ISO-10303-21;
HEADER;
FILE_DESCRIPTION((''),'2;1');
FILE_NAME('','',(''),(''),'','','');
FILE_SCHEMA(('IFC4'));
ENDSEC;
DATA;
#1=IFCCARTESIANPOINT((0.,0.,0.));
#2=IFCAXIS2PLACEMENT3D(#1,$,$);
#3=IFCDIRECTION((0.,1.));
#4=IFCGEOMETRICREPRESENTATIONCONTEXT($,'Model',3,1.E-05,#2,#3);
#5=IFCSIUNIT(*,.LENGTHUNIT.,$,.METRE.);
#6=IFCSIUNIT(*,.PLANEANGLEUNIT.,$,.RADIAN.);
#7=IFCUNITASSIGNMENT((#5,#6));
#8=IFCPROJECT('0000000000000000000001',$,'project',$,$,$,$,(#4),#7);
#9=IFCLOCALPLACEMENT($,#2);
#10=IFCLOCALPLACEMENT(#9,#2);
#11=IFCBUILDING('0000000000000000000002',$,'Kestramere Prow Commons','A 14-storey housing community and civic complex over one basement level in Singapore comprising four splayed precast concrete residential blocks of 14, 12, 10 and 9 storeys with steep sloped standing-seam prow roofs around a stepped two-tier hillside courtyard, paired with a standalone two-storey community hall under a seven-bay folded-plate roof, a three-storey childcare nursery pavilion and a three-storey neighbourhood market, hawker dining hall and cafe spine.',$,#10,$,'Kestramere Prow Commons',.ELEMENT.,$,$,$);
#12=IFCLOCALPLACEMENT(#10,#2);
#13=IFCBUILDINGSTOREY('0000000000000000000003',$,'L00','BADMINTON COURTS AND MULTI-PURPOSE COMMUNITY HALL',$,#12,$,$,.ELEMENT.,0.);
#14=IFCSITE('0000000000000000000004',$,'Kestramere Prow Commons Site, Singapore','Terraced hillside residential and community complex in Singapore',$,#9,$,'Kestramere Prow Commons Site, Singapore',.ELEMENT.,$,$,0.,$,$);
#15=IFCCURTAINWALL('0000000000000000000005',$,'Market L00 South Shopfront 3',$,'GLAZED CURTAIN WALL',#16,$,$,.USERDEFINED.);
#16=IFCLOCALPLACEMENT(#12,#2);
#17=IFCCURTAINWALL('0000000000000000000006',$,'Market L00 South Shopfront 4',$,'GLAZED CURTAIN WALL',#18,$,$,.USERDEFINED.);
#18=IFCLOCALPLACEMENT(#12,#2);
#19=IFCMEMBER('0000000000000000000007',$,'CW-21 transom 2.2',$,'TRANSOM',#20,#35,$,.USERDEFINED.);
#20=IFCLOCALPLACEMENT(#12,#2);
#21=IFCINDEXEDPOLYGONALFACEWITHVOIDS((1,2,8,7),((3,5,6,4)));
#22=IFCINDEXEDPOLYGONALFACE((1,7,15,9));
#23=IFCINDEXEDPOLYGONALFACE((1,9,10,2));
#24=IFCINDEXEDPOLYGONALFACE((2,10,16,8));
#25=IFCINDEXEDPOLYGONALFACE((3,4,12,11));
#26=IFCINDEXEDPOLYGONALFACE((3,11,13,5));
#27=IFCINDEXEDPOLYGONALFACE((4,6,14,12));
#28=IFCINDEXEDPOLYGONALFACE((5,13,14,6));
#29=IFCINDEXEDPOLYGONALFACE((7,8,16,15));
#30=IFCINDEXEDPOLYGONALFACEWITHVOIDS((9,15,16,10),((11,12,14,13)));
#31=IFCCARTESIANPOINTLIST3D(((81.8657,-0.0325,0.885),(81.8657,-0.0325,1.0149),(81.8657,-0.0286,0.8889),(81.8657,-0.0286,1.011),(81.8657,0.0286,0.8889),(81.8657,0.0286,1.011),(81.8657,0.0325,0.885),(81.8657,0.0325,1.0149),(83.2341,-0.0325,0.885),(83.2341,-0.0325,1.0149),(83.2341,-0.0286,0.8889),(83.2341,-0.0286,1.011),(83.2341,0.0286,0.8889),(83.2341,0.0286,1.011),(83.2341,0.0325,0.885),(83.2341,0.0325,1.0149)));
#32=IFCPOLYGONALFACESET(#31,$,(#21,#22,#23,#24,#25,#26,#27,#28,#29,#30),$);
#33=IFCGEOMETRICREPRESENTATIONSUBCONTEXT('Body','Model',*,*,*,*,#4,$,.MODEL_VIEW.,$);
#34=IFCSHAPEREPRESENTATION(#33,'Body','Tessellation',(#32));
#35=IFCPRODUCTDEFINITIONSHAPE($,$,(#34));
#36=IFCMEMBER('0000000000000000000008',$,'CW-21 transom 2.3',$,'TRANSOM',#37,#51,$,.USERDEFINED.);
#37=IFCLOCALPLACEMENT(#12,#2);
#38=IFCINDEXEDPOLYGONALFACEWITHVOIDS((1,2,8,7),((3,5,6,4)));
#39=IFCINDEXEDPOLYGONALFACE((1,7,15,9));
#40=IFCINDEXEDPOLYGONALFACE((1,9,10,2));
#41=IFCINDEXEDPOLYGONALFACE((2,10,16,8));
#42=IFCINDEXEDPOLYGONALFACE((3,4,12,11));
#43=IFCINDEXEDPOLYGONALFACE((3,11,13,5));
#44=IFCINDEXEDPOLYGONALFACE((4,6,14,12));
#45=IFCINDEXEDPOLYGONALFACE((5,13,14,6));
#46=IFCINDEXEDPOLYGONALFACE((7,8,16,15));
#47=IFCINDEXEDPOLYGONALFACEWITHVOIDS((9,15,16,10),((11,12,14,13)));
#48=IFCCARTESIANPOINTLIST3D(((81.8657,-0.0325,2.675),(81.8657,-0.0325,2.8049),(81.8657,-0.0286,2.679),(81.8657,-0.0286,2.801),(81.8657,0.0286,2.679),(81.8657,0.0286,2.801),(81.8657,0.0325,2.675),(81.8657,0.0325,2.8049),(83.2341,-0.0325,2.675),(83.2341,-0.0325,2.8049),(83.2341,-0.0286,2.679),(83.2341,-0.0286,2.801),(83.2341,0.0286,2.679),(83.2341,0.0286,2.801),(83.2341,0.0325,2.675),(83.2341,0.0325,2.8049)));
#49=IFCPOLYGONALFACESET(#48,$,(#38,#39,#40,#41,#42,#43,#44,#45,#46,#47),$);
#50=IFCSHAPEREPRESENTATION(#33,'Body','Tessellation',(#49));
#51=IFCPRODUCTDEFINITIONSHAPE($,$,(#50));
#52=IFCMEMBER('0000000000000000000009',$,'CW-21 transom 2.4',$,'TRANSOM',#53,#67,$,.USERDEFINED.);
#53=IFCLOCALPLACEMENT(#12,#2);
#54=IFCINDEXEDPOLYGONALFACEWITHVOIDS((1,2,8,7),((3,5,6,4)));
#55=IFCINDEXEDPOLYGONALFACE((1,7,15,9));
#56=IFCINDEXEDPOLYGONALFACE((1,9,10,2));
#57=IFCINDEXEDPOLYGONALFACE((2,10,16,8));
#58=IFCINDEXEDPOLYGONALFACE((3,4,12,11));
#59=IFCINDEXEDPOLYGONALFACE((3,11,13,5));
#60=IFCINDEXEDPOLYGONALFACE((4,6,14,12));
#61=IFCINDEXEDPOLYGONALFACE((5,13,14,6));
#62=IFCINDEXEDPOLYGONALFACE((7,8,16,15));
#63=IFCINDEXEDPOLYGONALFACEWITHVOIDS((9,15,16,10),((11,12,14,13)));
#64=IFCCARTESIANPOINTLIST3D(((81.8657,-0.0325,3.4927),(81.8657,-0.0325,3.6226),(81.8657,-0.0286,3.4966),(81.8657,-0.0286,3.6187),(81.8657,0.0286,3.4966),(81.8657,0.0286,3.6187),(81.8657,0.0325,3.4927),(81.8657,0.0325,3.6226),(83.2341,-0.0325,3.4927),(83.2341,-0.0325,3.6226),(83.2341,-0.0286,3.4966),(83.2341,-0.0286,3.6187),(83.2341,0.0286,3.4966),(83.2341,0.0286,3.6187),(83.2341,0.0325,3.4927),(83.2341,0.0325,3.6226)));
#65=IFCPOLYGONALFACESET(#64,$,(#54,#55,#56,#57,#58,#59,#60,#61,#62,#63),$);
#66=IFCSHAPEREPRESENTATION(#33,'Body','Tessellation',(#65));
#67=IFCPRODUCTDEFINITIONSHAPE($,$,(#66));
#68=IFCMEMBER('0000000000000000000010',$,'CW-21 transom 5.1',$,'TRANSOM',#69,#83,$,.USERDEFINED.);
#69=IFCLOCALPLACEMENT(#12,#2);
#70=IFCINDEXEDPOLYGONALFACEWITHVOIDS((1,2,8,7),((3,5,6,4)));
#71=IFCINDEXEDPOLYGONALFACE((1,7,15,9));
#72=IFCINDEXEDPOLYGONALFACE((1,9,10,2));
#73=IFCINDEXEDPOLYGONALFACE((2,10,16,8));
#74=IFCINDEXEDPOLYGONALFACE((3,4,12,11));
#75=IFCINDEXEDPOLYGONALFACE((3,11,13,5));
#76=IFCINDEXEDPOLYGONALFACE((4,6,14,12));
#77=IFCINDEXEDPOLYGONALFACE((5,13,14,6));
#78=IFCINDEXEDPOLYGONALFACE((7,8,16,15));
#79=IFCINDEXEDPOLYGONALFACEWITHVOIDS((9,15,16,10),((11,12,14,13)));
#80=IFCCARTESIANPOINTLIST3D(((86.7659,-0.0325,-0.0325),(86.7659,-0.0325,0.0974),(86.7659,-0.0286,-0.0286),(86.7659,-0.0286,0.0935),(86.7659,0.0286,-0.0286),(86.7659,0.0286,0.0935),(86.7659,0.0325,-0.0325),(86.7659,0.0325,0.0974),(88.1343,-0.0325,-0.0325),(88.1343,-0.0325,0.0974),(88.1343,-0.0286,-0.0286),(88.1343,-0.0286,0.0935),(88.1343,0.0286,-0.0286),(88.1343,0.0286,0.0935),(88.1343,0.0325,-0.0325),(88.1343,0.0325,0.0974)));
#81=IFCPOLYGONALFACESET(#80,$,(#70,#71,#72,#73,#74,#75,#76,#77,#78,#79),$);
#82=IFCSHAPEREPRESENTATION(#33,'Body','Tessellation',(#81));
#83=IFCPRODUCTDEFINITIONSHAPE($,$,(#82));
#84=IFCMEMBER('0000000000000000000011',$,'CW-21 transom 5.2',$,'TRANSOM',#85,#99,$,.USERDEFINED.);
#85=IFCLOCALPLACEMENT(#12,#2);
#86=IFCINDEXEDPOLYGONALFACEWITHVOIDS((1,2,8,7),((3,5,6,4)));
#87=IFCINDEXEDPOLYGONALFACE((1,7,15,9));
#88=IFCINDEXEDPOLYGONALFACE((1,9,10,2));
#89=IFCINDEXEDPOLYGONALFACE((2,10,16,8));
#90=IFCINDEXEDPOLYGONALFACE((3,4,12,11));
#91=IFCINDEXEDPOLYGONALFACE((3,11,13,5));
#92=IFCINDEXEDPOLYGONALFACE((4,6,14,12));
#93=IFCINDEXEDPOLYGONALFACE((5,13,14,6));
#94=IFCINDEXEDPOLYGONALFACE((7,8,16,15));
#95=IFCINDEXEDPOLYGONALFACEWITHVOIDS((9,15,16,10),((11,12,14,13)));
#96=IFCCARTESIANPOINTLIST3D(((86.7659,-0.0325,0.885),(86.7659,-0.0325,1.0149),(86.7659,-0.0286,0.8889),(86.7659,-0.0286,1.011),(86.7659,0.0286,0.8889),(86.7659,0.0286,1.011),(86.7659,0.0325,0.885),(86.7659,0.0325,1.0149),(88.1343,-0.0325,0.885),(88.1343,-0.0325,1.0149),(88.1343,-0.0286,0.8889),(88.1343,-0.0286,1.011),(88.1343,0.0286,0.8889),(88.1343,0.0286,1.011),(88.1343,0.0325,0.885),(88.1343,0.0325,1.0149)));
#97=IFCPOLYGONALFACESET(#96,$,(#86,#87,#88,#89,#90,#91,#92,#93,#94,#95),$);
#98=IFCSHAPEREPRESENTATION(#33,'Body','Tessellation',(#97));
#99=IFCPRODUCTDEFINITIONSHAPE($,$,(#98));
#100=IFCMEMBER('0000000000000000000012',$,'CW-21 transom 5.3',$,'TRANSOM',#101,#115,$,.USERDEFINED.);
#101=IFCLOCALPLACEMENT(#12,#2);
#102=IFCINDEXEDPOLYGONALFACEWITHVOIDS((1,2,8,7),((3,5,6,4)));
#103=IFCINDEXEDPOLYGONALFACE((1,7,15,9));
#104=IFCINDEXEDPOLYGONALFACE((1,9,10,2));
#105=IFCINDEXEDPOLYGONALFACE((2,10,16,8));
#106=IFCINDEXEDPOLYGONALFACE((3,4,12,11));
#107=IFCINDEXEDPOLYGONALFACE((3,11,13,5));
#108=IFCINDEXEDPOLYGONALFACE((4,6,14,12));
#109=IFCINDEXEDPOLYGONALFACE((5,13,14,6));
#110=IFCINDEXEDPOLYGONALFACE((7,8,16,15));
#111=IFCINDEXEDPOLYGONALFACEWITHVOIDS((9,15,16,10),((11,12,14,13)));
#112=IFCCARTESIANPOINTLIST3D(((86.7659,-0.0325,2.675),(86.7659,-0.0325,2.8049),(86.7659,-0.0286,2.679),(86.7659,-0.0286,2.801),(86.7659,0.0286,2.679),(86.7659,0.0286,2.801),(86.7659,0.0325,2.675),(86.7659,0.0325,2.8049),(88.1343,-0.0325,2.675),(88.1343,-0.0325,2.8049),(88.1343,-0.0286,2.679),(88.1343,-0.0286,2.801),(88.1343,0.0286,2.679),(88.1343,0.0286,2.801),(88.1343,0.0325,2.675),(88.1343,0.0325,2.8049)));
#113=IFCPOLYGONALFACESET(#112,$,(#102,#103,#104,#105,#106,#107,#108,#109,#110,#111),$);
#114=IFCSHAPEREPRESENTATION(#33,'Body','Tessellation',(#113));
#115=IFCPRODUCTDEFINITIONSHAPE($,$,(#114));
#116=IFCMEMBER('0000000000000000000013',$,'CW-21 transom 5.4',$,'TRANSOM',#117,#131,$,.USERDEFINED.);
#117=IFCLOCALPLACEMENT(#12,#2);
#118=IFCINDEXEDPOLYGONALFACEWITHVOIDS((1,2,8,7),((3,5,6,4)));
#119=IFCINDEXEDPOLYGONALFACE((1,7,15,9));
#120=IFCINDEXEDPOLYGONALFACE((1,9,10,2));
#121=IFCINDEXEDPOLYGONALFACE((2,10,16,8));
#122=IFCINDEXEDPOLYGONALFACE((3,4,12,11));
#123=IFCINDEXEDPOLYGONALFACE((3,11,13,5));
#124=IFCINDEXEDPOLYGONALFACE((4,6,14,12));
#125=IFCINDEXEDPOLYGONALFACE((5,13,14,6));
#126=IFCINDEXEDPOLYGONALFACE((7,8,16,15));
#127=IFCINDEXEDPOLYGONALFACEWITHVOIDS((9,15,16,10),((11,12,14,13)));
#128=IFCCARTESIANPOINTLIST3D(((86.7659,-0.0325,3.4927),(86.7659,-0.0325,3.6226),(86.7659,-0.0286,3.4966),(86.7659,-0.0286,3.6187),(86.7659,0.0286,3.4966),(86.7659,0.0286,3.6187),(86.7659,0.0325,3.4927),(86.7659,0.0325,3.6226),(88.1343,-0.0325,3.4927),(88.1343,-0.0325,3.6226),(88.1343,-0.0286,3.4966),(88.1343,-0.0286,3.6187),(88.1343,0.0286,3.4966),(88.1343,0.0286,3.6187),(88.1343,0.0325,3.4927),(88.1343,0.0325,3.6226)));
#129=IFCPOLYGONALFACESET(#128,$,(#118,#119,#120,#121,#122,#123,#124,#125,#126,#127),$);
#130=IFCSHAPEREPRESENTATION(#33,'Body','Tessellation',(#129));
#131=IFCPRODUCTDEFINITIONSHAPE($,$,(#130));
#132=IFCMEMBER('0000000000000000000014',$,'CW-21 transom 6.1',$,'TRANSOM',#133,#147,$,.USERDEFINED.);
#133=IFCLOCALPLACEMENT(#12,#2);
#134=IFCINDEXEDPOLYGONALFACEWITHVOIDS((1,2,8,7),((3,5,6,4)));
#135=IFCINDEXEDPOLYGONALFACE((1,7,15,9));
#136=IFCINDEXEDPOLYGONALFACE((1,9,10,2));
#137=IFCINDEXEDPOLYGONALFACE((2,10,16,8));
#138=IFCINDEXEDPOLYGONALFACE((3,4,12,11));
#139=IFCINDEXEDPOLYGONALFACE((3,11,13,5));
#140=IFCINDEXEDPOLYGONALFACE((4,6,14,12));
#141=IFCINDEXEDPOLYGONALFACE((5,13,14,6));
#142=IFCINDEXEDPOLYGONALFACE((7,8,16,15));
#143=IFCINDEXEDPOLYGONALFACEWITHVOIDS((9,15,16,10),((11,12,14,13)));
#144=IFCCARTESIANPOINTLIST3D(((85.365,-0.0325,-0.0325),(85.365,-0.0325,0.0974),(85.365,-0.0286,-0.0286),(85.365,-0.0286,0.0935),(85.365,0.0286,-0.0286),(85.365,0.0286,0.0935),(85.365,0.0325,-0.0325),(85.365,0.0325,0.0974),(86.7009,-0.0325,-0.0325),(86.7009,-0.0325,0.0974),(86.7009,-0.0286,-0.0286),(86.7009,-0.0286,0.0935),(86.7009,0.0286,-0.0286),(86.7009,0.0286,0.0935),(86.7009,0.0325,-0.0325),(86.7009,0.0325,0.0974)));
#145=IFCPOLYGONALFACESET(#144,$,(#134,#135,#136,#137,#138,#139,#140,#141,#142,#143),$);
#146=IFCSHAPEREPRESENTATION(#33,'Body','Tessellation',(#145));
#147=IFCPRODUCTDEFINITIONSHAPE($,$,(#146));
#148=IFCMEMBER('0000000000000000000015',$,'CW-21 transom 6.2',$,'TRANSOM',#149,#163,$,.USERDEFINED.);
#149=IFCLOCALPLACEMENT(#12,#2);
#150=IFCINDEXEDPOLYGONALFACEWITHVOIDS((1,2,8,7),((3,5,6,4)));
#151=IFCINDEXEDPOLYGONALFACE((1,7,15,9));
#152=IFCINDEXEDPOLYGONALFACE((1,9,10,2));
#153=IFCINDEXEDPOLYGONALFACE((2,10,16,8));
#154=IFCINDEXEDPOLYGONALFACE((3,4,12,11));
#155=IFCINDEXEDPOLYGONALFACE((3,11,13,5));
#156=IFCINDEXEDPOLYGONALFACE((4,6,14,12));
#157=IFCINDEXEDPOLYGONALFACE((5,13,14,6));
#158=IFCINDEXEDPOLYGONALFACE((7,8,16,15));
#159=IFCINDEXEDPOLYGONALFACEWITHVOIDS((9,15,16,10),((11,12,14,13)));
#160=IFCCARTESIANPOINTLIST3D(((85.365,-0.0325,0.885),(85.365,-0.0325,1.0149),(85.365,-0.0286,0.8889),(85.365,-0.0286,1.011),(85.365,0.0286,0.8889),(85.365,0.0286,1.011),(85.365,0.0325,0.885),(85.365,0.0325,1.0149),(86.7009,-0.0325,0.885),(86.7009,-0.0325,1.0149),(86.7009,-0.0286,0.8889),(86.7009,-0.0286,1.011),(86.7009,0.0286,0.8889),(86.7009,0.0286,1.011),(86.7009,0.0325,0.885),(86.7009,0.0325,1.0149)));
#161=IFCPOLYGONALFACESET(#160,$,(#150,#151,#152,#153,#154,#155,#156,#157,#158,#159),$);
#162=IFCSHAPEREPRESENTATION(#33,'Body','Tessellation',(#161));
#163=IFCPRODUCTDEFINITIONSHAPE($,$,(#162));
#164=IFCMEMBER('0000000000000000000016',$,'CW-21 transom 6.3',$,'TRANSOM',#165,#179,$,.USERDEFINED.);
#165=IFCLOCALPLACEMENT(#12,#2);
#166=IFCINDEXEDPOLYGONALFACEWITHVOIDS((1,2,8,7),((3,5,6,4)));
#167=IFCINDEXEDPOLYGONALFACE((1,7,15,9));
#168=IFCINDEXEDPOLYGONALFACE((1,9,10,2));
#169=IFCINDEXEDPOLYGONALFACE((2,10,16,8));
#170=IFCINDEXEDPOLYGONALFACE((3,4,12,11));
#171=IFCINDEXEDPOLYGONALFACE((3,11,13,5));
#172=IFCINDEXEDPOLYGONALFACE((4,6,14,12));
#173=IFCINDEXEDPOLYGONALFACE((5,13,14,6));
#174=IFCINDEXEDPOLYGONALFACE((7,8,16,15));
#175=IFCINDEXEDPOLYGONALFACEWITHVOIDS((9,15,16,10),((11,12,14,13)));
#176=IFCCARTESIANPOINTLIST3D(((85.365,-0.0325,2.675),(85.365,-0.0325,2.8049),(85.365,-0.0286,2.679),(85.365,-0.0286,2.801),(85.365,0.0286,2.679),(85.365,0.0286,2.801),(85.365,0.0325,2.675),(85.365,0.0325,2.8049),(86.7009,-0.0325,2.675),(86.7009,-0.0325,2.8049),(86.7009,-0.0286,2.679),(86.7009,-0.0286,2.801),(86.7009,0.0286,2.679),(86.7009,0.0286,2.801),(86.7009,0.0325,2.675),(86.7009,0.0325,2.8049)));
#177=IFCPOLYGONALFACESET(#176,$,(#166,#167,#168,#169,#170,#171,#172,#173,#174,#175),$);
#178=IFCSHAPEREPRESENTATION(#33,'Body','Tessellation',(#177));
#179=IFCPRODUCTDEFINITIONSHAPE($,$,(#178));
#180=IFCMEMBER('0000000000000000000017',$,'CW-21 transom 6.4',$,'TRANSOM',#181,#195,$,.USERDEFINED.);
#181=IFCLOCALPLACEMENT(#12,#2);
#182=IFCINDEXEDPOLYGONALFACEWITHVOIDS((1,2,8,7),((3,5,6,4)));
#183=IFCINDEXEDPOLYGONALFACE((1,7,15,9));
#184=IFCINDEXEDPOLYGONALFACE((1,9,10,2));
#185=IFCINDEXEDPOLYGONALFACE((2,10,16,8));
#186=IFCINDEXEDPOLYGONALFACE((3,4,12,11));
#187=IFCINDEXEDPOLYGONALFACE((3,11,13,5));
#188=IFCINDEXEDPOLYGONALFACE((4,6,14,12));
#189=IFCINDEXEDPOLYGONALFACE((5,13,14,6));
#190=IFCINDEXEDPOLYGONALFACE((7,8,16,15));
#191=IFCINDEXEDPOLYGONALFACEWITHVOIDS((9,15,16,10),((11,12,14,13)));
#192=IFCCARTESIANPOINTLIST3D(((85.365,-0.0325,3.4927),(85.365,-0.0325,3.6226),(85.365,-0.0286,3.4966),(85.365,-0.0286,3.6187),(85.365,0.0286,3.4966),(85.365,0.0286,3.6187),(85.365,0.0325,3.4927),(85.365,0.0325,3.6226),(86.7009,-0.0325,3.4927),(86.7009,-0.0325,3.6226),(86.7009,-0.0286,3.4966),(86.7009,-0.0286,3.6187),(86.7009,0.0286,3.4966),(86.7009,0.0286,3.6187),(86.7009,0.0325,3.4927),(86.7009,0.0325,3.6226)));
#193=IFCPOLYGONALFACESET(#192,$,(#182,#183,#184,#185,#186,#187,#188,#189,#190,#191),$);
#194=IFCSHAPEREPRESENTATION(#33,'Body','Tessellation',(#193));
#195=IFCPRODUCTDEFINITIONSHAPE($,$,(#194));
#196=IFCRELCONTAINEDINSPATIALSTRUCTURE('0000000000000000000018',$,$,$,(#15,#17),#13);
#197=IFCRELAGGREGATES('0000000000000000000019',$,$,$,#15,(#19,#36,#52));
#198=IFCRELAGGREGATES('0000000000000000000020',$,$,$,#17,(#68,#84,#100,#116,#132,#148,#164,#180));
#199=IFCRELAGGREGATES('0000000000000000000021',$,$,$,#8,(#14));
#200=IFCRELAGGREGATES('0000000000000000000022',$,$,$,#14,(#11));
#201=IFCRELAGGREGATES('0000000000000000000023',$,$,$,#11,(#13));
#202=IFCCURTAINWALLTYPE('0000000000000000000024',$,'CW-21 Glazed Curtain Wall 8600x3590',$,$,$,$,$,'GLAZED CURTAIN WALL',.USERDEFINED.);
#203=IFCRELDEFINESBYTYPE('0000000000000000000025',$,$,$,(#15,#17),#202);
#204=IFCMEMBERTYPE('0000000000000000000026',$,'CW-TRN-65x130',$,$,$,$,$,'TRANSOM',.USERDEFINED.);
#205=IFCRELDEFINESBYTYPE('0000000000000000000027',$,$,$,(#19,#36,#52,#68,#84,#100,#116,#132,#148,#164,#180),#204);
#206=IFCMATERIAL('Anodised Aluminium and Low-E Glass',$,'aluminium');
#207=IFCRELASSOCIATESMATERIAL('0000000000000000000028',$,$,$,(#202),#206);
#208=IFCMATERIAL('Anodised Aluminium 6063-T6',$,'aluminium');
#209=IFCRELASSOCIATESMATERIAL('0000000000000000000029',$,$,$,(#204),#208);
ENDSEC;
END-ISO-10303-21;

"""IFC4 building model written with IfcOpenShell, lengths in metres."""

from ifc_helpers import new_model, si_unit, direction, frame, origin, origin_2d, place, context, subcontext, project, spatial, hollow_rectangle, extrude, material, material_profile, profile_set, type_object, element, aggregate, save


model = new_model("IFC4")

# Units and contexts
model_context = context("Model", 3, precision=1e-05, world=origin(), true_north=direction((0.0, 1.0)))
body_context = subcontext(model_context, "Body", "Model", "MODEL_VIEW")
ifc_project = project(units=[si_unit("LENGTHUNIT", "METRE"), si_unit("PLANEANGLEUNIT", "RADIAN")], contexts=[model_context])

# Site, building, storey
site_placement = place(None, origin())
site = spatial("IfcSite", under=ifc_project, at=site_placement, Name="Kestramere Prow Commons Site, Singapore", Description="Terraced hillside residential and community complex in Singapore", LongName="Kestramere Prow Commons Site, Singapore", CompositionType="ELEMENT", RefElevation=0.0)
building_placement = place(site_placement, origin())
building = spatial("IfcBuilding", under=site, at=building_placement, Name="Kestramere Prow Commons", Description="A 14-storey housing community and civic complex over one basement level in Singapore comprising four splayed precast concrete residential blocks of 14, 12, 10 and 9 storeys with steep sloped standing-seam prow roofs around a stepped two-tier hillside courtyard, paired with a standalone two-storey community hall under a seven-bay folded-plate roof, a three-storey childcare nursery pavilion and a three-storey neighbourhood market, hawker dining hall and cafe spine.", LongName="Kestramere Prow Commons", CompositionType="ELEMENT")
storey_placement = place(building_placement, origin())
storey = spatial("IfcBuildingStorey", under=building, at=storey_placement, Name="L00", Description="BADMINTON COURTS AND MULTI-PURPOSE COMMUNITY HALL", CompositionType="ELEMENT", Elevation=0.0)

# Curtain walls
ifc_material_1 = material(Name="Anodised Aluminium and Low-E Glass", Category="aluminium")
curtain_wall_type = type_object("IfcCurtainWallType", Name="CW-21 Glazed Curtain Wall 8600x3590", ElementType="GLAZED CURTAIN WALL", PredefinedType="USERDEFINED", material=ifc_material_1)
curtain_wall_1_placement = place(storey_placement, origin())
curtain_wall_1 = element("IfcCurtainWall", 1, at=curtain_wall_1_placement, inside=storey, type_object=curtain_wall_type, Name="Market L00 South Shopfront 3", ObjectType="GLAZED CURTAIN WALL", PredefinedType="USERDEFINED")
ifc_material_2 = material(Name="Anodised Aluminium 6063-T6", Category="aluminium")
curtain_wall_2_placement = place(storey_placement, origin())
curtain_wall_2 = element("IfcCurtainWall", 2, at=curtain_wall_2_placement, inside=storey, type_object=curtain_wall_type, Name="Market L00 South Shopfront 4", ObjectType="GLAZED CURTAIN WALL", PredefinedType="USERDEFINED")

# Members
ifc_material_profile_1 = material_profile(ifc_material_2, hollow_rectangle(XDim=0.0649, YDim=0.1299, WallThickness=0.0039, at=origin_2d()), Name="ALU-TRN 65x130")
ifc_profile_set_1 = profile_set([ifc_material_profile_1], Name="Anodised Aluminium 6063-T6")
member_type_1 = type_object("IfcMemberType", Name="CW-TRN-65x130", ElementType="TRANSOM", PredefinedType="USERDEFINED", material=ifc_profile_set_1)
member_1_placement = place(storey_placement, frame((83.2341, 0.0, 0.95), z_axis=(-1.0, 0.0, 0.0), x_axis=(0.0, -1.0, 0.0)))
member_1 = element("IfcMember", 3, at=member_1_placement, type_object=member_type_1, Name="CW-21 transom 2.2", ObjectType="TRANSOM", PredefinedType="USERDEFINED", context=body_context, shape_type="SweptSolid", body=[
    extrude(hollow_rectangle(XDim=0.0649, YDim=0.1299, WallThickness=0.0039, at=origin_2d()), origin(), (0.0, 0.0, 1.0), 1.3684),
])
member_2_placement = place(storey_placement, frame((83.2341, 0.0, 2.74), z_axis=(-1.0, 0.0, 0.0), x_axis=(0.0, -1.0, 0.0)))
member_2 = element("IfcMember", 4, at=member_2_placement, type_object=member_type_1, Name="CW-21 transom 2.3", ObjectType="TRANSOM", PredefinedType="USERDEFINED", context=body_context, shape_type="SweptSolid", body=[
    extrude(hollow_rectangle(XDim=0.0649, YDim=0.1299, WallThickness=0.0039, at=origin_2d()), origin(), (0.0, 0.0, 1.0), 1.3684),
])
member_3_placement = place(storey_placement, frame((83.2341, 0.0, 3.5576), z_axis=(-1.0, 0.0, 0.0), x_axis=(0.0, -1.0, 0.0)))
member_3 = element("IfcMember", 5, at=member_3_placement, type_object=member_type_1, Name="CW-21 transom 2.4", ObjectType="TRANSOM", PredefinedType="USERDEFINED", context=body_context, shape_type="SweptSolid", body=[
    extrude(hollow_rectangle(XDim=0.0649, YDim=0.1299, WallThickness=0.0039, at=origin_2d()), origin(), (0.0, 0.0, 1.0), 1.3684),
])
member_4_placement = place(storey_placement, frame((88.1343, 0.0, 0.0325), z_axis=(-1.0, 0.0, 0.0), x_axis=(0.0, -1.0, 0.0)))
member_4 = element("IfcMember", 6, at=member_4_placement, type_object=member_type_1, Name="CW-21 transom 5.1", ObjectType="TRANSOM", PredefinedType="USERDEFINED", context=body_context, shape_type="SweptSolid", body=[
    extrude(hollow_rectangle(XDim=0.0649, YDim=0.1299, WallThickness=0.0039, at=origin_2d()), origin(), (0.0, 0.0, 1.0), 1.3684),
])
member_5_placement = place(storey_placement, frame((88.1343, 0.0, 0.95), z_axis=(-1.0, 0.0, 0.0), x_axis=(0.0, -1.0, 0.0)))
member_5 = element("IfcMember", 7, at=member_5_placement, type_object=member_type_1, Name="CW-21 transom 5.2", ObjectType="TRANSOM", PredefinedType="USERDEFINED", context=body_context, shape_type="SweptSolid", body=[
    extrude(hollow_rectangle(XDim=0.0649, YDim=0.1299, WallThickness=0.0039, at=origin_2d()), origin(), (0.0, 0.0, 1.0), 1.3684),
])
member_6_placement = place(storey_placement, frame((88.1343, 0.0, 2.74), z_axis=(-1.0, 0.0, 0.0), x_axis=(0.0, -1.0, 0.0)))
member_6 = element("IfcMember", 8, at=member_6_placement, type_object=member_type_1, Name="CW-21 transom 5.3", ObjectType="TRANSOM", PredefinedType="USERDEFINED", context=body_context, shape_type="SweptSolid", body=[
    extrude(hollow_rectangle(XDim=0.0649, YDim=0.1299, WallThickness=0.0039, at=origin_2d()), origin(), (0.0, 0.0, 1.0), 1.3684),
])
member_7_placement = place(storey_placement, frame((88.1343, 0.0, 3.5576), z_axis=(-1.0, 0.0, 0.0), x_axis=(0.0, -1.0, 0.0)))
member_7 = element("IfcMember", 9, at=member_7_placement, type_object=member_type_1, Name="CW-21 transom 5.4", ObjectType="TRANSOM", PredefinedType="USERDEFINED", context=body_context, shape_type="SweptSolid", body=[
    extrude(hollow_rectangle(XDim=0.0649, YDim=0.1299, WallThickness=0.0039, at=origin_2d()), origin(), (0.0, 0.0, 1.0), 1.3684),
])
member_8_placement = place(storey_placement, frame((86.7009, 0.0, 0.0325), z_axis=(-1.0, 0.0, 0.0), x_axis=(0.0, -1.0, 0.0)))
member_8 = element("IfcMember", 10, at=member_8_placement, type_object=member_type_1, Name="CW-21 transom 6.1", ObjectType="TRANSOM", PredefinedType="USERDEFINED", context=body_context, shape_type="SweptSolid", body=[
    extrude(hollow_rectangle(XDim=0.0649, YDim=0.1299, WallThickness=0.0039, at=origin_2d()), origin(), (0.0, 0.0, 1.0), 1.3359),
])
member_9_placement = place(storey_placement, frame((86.7009, 0.0, 0.95), z_axis=(-1.0, 0.0, 0.0), x_axis=(0.0, -1.0, 0.0)))
member_9 = element("IfcMember", 11, at=member_9_placement, type_object=member_type_1, Name="CW-21 transom 6.2", ObjectType="TRANSOM", PredefinedType="USERDEFINED", context=body_context, shape_type="SweptSolid", body=[
    extrude(hollow_rectangle(XDim=0.0649, YDim=0.1299, WallThickness=0.0039, at=origin_2d()), origin(), (0.0, 0.0, 1.0), 1.3359),
])
member_10_placement = place(storey_placement, frame((86.7009, 0.0, 2.74), z_axis=(-1.0, 0.0, 0.0), x_axis=(0.0, -1.0, 0.0)))
member_10 = element("IfcMember", 12, at=member_10_placement, type_object=member_type_1, Name="CW-21 transom 6.3", ObjectType="TRANSOM", PredefinedType="USERDEFINED", context=body_context, shape_type="SweptSolid", body=[
    extrude(hollow_rectangle(XDim=0.0649, YDim=0.1299, WallThickness=0.0039, at=origin_2d()), origin(), (0.0, 0.0, 1.0), 1.3359),
])
member_11_placement = place(storey_placement, frame((86.7009, 0.0, 3.5576), z_axis=(-1.0, 0.0, 0.0), x_axis=(0.0, -1.0, 0.0)))
member_11 = element("IfcMember", 13, at=member_11_placement, type_object=member_type_1, Name="CW-21 transom 6.4", ObjectType="TRANSOM", PredefinedType="USERDEFINED", context=body_context, shape_type="SweptSolid", body=[
    extrude(hollow_rectangle(XDim=0.0649, YDim=0.1299, WallThickness=0.0039, at=origin_2d()), origin(), (0.0, 0.0, 1.0), 1.3359),
])

aggregate(curtain_wall_1, [member_1, member_2, member_3])
aggregate(curtain_wall_2, [member_4, member_5, member_6, member_7, member_8, member_9, member_10, member_11])

save(model, "model.ifc")
